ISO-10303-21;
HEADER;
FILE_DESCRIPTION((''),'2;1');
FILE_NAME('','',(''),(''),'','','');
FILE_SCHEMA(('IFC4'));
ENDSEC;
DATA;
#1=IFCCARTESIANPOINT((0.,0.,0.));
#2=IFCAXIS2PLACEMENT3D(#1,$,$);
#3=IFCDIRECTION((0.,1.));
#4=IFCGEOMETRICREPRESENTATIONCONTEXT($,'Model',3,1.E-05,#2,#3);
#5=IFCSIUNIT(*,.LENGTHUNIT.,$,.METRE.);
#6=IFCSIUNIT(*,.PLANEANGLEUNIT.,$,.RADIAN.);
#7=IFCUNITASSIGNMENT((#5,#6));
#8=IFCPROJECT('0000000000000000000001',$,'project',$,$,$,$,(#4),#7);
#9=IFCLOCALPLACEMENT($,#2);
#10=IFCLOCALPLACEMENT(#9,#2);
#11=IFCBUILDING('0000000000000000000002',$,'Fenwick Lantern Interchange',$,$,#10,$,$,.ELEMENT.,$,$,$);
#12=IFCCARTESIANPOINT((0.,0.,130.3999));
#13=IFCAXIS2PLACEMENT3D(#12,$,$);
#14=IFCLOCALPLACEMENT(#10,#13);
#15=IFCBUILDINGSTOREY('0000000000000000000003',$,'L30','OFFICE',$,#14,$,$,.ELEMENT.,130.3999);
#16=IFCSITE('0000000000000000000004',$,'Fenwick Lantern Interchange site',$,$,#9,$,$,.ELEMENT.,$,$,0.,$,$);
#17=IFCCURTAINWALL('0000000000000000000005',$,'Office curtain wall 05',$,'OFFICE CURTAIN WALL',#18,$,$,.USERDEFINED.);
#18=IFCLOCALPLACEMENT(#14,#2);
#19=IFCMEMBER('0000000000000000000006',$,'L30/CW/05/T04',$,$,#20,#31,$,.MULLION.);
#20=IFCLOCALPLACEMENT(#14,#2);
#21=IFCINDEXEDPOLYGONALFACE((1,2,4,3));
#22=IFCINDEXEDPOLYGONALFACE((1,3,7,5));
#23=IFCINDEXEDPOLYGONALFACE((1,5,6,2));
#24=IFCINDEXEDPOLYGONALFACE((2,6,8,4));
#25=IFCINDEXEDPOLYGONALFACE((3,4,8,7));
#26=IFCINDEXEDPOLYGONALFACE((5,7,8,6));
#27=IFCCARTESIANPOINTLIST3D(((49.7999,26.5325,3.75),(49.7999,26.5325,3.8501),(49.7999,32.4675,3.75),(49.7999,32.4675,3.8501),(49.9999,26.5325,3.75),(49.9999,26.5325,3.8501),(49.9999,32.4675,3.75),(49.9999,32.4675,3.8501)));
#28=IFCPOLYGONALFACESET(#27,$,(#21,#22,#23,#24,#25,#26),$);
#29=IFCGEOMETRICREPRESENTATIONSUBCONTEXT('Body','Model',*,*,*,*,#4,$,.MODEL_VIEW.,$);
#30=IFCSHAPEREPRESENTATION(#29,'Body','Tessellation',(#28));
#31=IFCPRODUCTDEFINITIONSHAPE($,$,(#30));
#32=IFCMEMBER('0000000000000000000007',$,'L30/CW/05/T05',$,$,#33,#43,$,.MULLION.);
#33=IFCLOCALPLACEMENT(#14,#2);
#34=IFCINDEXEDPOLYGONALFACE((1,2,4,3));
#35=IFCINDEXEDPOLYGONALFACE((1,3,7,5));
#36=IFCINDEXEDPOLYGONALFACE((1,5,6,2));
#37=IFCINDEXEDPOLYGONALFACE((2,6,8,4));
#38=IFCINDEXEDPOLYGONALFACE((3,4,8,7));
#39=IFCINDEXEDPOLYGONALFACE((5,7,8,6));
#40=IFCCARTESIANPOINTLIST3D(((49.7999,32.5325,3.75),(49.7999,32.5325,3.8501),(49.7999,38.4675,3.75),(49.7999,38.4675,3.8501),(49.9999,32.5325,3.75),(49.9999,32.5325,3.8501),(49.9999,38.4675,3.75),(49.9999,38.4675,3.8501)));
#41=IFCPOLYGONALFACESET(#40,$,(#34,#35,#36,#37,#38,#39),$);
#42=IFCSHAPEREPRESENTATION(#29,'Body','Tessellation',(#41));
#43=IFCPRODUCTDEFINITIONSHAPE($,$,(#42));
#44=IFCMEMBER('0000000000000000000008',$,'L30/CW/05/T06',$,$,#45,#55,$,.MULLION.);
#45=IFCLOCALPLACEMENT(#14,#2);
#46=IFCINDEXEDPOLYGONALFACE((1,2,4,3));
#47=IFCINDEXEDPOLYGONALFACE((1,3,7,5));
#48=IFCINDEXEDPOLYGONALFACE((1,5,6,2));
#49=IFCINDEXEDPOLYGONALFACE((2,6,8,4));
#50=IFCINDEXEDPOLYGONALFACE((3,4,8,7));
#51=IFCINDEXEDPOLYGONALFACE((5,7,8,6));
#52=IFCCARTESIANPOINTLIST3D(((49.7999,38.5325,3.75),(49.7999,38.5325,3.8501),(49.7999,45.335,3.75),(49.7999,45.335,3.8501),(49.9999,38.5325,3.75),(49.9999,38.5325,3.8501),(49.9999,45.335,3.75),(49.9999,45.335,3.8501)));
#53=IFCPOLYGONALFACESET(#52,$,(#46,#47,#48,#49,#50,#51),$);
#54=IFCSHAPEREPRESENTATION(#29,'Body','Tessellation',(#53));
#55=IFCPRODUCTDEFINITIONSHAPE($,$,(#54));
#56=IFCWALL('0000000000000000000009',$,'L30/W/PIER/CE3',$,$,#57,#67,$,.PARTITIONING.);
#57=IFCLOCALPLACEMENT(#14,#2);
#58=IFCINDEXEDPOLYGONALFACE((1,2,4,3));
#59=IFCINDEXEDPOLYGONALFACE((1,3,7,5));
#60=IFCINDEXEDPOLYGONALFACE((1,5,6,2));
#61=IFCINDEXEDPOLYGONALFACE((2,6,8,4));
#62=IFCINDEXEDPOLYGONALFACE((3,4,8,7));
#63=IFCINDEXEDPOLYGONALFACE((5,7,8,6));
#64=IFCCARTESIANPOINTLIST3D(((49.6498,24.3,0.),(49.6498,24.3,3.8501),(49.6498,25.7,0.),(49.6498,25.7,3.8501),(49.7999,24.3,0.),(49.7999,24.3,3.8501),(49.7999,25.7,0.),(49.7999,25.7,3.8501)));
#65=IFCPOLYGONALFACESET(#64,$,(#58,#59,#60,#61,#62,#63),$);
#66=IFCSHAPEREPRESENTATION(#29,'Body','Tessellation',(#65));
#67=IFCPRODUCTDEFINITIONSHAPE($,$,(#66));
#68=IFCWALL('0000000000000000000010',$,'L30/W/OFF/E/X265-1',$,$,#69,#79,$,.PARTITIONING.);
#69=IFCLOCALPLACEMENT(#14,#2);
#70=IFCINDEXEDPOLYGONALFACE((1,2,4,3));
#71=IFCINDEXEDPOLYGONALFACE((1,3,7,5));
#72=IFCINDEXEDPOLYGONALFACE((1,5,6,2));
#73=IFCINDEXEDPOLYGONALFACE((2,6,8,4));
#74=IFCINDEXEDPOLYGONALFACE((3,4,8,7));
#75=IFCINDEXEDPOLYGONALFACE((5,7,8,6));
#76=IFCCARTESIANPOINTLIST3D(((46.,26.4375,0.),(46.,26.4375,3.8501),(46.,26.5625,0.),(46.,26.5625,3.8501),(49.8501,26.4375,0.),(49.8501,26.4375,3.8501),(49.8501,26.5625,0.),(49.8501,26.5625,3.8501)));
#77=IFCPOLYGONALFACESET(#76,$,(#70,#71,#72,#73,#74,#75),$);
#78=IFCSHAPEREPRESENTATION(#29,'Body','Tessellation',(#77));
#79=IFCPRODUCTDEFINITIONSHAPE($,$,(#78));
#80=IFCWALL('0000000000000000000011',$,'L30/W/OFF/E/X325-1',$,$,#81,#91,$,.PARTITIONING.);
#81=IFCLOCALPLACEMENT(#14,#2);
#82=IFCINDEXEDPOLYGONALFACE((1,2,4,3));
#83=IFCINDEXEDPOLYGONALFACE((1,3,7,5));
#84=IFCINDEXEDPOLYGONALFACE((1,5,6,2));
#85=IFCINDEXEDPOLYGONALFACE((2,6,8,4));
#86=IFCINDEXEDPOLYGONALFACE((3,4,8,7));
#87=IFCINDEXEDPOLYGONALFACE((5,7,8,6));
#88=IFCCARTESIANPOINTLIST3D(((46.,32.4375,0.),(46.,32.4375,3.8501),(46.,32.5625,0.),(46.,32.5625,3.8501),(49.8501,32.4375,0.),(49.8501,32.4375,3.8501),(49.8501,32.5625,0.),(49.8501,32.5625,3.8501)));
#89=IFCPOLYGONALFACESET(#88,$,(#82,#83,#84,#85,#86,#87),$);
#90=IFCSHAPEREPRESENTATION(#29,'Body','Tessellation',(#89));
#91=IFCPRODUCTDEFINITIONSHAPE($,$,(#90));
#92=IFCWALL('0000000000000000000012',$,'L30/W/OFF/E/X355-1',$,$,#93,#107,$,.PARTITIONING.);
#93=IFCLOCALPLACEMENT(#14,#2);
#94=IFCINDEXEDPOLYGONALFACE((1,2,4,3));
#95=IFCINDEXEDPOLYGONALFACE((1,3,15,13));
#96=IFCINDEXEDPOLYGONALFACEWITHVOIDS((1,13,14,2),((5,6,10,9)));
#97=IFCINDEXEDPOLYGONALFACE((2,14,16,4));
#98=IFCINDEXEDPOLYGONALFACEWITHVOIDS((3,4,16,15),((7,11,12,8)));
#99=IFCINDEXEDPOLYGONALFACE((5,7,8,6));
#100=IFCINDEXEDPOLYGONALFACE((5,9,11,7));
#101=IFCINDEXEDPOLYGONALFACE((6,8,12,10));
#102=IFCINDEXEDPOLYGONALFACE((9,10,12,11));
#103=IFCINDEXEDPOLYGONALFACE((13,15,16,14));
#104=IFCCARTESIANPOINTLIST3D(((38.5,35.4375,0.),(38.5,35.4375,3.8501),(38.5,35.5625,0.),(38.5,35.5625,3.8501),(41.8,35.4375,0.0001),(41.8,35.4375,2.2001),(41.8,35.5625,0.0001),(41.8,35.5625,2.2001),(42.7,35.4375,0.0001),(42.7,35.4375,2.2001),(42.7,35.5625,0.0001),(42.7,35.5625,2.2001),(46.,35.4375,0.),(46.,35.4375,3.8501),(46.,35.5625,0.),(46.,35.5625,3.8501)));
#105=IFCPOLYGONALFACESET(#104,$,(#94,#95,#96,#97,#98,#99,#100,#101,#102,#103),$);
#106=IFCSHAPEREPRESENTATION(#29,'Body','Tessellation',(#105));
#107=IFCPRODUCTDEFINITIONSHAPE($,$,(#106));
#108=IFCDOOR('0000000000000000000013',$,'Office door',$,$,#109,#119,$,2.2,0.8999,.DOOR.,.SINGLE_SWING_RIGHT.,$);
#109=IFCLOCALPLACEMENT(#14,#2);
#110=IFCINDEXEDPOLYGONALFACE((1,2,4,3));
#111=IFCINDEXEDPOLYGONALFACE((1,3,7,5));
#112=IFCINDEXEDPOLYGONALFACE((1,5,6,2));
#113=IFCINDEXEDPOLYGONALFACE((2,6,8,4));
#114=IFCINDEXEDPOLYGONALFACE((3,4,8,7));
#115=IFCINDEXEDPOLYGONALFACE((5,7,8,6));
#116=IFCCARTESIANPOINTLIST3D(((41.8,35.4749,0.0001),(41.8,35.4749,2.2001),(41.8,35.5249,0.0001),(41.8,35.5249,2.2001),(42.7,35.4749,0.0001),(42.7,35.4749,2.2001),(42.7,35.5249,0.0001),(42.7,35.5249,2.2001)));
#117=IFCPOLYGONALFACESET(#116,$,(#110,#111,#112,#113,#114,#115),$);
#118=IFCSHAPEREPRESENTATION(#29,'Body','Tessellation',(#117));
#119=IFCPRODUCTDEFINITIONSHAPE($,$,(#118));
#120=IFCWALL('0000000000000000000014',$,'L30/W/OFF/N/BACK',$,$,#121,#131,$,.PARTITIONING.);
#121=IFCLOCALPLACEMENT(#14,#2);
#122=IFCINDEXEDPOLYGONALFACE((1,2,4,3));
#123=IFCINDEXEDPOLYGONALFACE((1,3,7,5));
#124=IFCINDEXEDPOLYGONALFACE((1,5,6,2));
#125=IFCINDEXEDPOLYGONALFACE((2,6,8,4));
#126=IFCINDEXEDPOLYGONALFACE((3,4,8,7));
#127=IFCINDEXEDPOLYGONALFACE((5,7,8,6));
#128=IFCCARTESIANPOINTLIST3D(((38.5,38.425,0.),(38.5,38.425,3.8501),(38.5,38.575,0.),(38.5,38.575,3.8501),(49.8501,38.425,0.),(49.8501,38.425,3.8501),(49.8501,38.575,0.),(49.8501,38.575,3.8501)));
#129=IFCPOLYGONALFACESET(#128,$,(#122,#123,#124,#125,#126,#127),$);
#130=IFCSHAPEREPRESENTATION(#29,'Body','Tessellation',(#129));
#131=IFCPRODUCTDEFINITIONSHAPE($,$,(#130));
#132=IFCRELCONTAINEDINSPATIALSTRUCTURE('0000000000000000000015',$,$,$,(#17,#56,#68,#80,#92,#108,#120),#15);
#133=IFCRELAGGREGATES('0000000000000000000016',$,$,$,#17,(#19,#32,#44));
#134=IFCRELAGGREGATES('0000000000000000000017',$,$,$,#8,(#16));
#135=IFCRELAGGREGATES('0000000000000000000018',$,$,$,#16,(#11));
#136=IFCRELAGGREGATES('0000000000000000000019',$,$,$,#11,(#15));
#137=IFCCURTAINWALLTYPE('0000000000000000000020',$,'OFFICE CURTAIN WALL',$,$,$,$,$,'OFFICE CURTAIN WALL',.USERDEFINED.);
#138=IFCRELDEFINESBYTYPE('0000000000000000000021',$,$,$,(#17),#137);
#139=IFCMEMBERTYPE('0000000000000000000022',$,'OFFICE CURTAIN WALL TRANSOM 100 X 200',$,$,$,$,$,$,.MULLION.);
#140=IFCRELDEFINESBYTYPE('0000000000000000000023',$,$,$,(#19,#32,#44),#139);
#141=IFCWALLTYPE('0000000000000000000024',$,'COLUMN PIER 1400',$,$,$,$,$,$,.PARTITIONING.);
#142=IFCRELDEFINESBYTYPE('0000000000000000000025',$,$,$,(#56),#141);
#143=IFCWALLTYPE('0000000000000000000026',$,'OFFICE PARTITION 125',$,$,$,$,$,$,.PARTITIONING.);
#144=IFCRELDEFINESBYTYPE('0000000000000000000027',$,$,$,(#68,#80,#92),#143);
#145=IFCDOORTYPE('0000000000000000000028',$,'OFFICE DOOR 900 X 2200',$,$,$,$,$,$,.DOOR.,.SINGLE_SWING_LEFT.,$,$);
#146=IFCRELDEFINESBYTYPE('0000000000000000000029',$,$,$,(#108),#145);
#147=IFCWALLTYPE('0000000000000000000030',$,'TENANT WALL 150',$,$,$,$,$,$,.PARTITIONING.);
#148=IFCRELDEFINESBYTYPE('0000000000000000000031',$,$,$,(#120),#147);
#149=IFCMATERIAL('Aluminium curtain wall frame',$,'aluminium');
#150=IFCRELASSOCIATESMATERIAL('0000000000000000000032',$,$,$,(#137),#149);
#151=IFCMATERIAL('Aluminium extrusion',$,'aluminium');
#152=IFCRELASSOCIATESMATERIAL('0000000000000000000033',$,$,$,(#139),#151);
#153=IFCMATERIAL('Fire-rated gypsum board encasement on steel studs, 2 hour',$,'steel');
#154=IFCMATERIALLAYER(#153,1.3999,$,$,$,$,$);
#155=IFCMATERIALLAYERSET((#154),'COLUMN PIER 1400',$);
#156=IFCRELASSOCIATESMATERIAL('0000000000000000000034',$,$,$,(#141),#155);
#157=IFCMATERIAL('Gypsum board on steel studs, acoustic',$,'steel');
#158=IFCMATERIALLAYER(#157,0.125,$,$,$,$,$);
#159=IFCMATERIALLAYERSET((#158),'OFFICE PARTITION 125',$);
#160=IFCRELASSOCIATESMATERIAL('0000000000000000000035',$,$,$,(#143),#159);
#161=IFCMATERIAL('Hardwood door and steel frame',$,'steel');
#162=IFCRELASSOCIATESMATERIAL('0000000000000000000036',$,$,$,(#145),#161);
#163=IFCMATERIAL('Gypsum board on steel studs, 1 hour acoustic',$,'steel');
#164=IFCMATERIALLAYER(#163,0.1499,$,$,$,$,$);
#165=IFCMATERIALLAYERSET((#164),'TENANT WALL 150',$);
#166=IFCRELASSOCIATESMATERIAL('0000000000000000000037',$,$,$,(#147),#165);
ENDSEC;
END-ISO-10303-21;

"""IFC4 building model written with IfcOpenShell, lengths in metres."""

from ifc_helpers import new_model, si_unit, direction, frame, frame_2d, origin, origin_2d, place, context, subcontext, project, spatial, rectangle, extrude, material, layer, layer_set, material_profile, profile_set, type_object, element, fill, aggregate, save


model = new_model("IFC4")

# Units and contexts
model_context = context("Model", 3, precision=1e-05, world=origin(), true_north=direction((0.0, 1.0)))
body_context = subcontext(model_context, "Body", "Model", "MODEL_VIEW")
ifc_project = project(units=[si_unit("LENGTHUNIT", "METRE"), si_unit("PLANEANGLEUNIT", "RADIAN")], contexts=[model_context])

# Site, building, storey
site_placement = place(None, origin())
site = spatial("IfcSite", under=ifc_project, at=site_placement, Name="Fenwick Lantern Interchange site", CompositionType="ELEMENT", RefElevation=0.0)
building_placement = place(site_placement, origin())
building = spatial("IfcBuilding", under=site, at=building_placement, Name="Fenwick Lantern Interchange", CompositionType="ELEMENT")
storey_placement = place(building_placement, frame((0.0, 0.0, 130.3999)))
storey = spatial("IfcBuildingStorey", under=building, at=storey_placement, Name="L30", Description="OFFICE", CompositionType="ELEMENT", Elevation=130.3999)

# Curtain wall
ifc_material_1 = material(Name="Aluminium curtain wall frame", Category="aluminium")
curtain_wall_type = type_object("IfcCurtainWallType", Name="OFFICE CURTAIN WALL", ElementType="OFFICE CURTAIN WALL", PredefinedType="USERDEFINED", material=ifc_material_1)
curtain_wall_1_placement = place(storey_placement, origin())
curtain_wall_1 = element("IfcCurtainWall", 1, at=curtain_wall_1_placement, inside=storey, type_object=curtain_wall_type, Name="Office curtain wall 05", ObjectType="OFFICE CURTAIN WALL", PredefinedType="USERDEFINED")
ifc_material_2 = material(Name="Aluminium extrusion", Category="aluminium")

# Members
ifc_material_profile_1 = material_profile(ifc_material_2, rectangle(XDim=0.2, YDim=0.1001, at=origin_2d()), Name="OFFICE CURTAIN WALL TRANSOM 100 X 200")
ifc_profile_set_1 = profile_set([ifc_material_profile_1], Name="Aluminium extrusion")
member_type_1 = type_object("IfcMemberType", Name="OFFICE CURTAIN WALL TRANSOM 100 X 200", PredefinedType="MULLION", material=ifc_profile_set_1)
member_1_placement = place(storey_placement, frame((49.8999, 26.5325, 3.8), z_axis=(0.0, 1.0, 0.0), x_axis=(-1.0, 0.0, 0.0)))
member_1 = element("IfcMember", 2, at=member_1_placement, type_object=member_type_1, Name="L30/CW/05/T04", PredefinedType="MULLION", context=body_context, shape_type="SweptSolid", body=[
    extrude(rectangle(XDim=0.2, YDim=0.1001, at=origin_2d()), origin(), (0.0, 0.0, 1.0), 5.9351),
])
member_2_placement = place(storey_placement, frame((49.8999, 32.5325, 3.8), z_axis=(0.0, 1.0, 0.0), x_axis=(-1.0, 0.0, 0.0)))
member_2 = element("IfcMember", 3, at=member_2_placement, type_object=member_type_1, Name="L30/CW/05/T05", PredefinedType="MULLION", context=body_context, shape_type="SweptSolid", body=[
    extrude(rectangle(XDim=0.2, YDim=0.1001, at=origin_2d()), origin(), (0.0, 0.0, 1.0), 5.9351),
])
member_3_placement = place(storey_placement, frame((49.8999, 38.5325, 3.8), z_axis=(0.0, 1.0, 0.0), x_axis=(-1.0, 0.0, 0.0)))
member_3 = element("IfcMember", 4, at=member_3_placement, type_object=member_type_1, Name="L30/CW/05/T06", PredefinedType="MULLION", context=body_context, shape_type="SweptSolid", body=[
    extrude(rectangle(XDim=0.2, YDim=0.1001, at=origin_2d()), origin(), (0.0, 0.0, 1.0), 6.8025),
])
aggregate(curtain_wall_1, [member_1, member_2, member_3])

# Walls
ifc_material_3 = material(Name="Fire-rated gypsum board encasement on steel studs, 2 hour", Category="steel")
ifc_layer_1 = layer(ifc_material_3, 1.3999)
ifc_layer_set_1 = layer_set([ifc_layer_1], Name="COLUMN PIER 1400")
wall_type_1 = type_object("IfcWallType", Name="COLUMN PIER 1400", PredefinedType="PARTITIONING", material=ifc_layer_set_1)
wall_1_placement = place(storey_placement, frame((49.8, 25.0, 0.0), z_axis=(0.0, 0.0, 1.0), x_axis=(-1.0, 0.0, 0.0)))
element("IfcWall", 5, at=wall_1_placement, inside=storey, type_object=wall_type_1, Name="L30/W/PIER/CE3", PredefinedType="PARTITIONING", context=body_context, shape_type="SweptSolid", body=[
    extrude(rectangle(XDim=0.1501, YDim=1.3999, at=frame_2d((0.0752, 0.0))), origin(), (0.0, 0.0, 1.0), 3.8501),
])
ifc_material_4 = material(Name="Gypsum board on steel studs, acoustic", Category="steel")
ifc_layer_2 = layer(ifc_material_4, 0.125)
ifc_layer_set_2 = layer_set([ifc_layer_2], Name="OFFICE PARTITION 125")
wall_type_2 = type_object("IfcWallType", Name="OFFICE PARTITION 125", PredefinedType="PARTITIONING", material=ifc_layer_set_2)
for number, where, z_axis, x_axis, name in (
    (6, (49.8501, 26.5, 0.0), (0.0, 0.0, 1.0), (-1.0, 0.0, 0.0), "L30/W/OFF/E/X265-1"),
    (7, (49.8501, 32.5, 0.0), (0.0, 0.0, 1.0), (-1.0, 0.0, 0.0), "L30/W/OFF/E/X325-1"),
):
    element("IfcWall", number, at=place(storey_placement, frame(where, z_axis=z_axis, x_axis=x_axis)), inside=storey, type_object=wall_type_2, Name=name, PredefinedType="PARTITIONING", context=body_context, shape_type="SweptSolid", body=[
        extrude(rectangle(XDim=3.8501, YDim=0.125, at=frame_2d((1.925, 0.0))), origin(), (0.0, 0.0, 1.0), 3.8501),
    ])

# Wall, opening, door
wall_2_placement = place(storey_placement, frame((46.0, 35.5, 0.0), z_axis=(0.0, 0.0, 1.0), x_axis=(-1.0, 0.0, 0.0)))
wall_2 = element("IfcWall", 8, at=wall_2_placement, inside=storey, type_object=wall_type_2, Name="L30/W/OFF/E/X355-1", PredefinedType="PARTITIONING", context=body_context, shape_type="SweptSolid", body=[
    extrude(rectangle(XDim=7.5, YDim=0.125, at=frame_2d((3.75, 0.0))), origin(), (0.0, 0.0, 1.0), 3.8501),
])
opening_placement = place(wall_2_placement, frame((3.3, 0.0, 0.0)))
opening = element("IfcOpeningElement", 9, at=opening_placement, cuts=wall_2, PredefinedType="OPENING", context=body_context, shape_type="SweptSolid", body=[
    extrude(rectangle(XDim=0.8999, YDim=2.2, at=frame_2d((0.45, 1.1001))), frame((0.0, 0.0725, 0.0), z_axis=(0.0, -1.0, 0.0), x_axis=(1.0, 0.0, 0.0)), (0.0, 0.0, 1.0), 0.145),
])
ifc_material_5 = material(Name="Hardwood door and steel frame", Category="steel")
door_type = type_object("IfcDoorType", Name="OFFICE DOOR 900 X 2200", OperationType="SINGLE_SWING_LEFT", PredefinedType="DOOR", material=ifc_material_5)
door_placement = place(opening_placement, frame((0.8999, 0.0, 0.0), z_axis=(0.0, 0.0, 1.0), x_axis=(-1.0, 0.0, 0.0)))
door = element("IfcDoor", 10, at=door_placement, inside=storey, type_object=door_type, Name="Office door", OperationType="SINGLE_SWING_RIGHT", OverallHeight=2.2, OverallWidth=0.8999, PredefinedType="DOOR", context=body_context, shape_type="SweptSolid", body=[
    extrude(rectangle(XDim=0.8999, YDim=2.2, at=frame_2d((0.45, 1.1001))), frame((0.0, 0.0249, 0.0), z_axis=(0.0, -1.0, 0.0), x_axis=(1.0, 0.0, 0.0)), (0.0, 0.0, 1.0), 0.05),
])
fill(opening, door)

# Wall
ifc_material_6 = material(Name="Gypsum board on steel studs, 1 hour acoustic", Category="steel")
ifc_layer_3 = layer(ifc_material_6, 0.1499)
ifc_layer_set_3 = layer_set([ifc_layer_3], Name="TENANT WALL 150")
wall_type_3 = type_object("IfcWallType", Name="TENANT WALL 150", PredefinedType="PARTITIONING", material=ifc_layer_set_3)
wall_3_placement = place(storey_placement, frame((49.8501, 38.5, 0.0), z_axis=(0.0, 0.0, 1.0), x_axis=(-1.0, 0.0, 0.0)))
element("IfcWall", 11, at=wall_3_placement, inside=storey, type_object=wall_type_3, Name="L30/W/OFF/N/BACK", PredefinedType="PARTITIONING", context=body_context, shape_type="SweptSolid", body=[
    extrude(rectangle(XDim=11.3501, YDim=0.1499, at=frame_2d((5.675, 0.0))), origin(), (0.0, 0.0, 1.0), 3.8501),
])

save(model, "model.ifc")
